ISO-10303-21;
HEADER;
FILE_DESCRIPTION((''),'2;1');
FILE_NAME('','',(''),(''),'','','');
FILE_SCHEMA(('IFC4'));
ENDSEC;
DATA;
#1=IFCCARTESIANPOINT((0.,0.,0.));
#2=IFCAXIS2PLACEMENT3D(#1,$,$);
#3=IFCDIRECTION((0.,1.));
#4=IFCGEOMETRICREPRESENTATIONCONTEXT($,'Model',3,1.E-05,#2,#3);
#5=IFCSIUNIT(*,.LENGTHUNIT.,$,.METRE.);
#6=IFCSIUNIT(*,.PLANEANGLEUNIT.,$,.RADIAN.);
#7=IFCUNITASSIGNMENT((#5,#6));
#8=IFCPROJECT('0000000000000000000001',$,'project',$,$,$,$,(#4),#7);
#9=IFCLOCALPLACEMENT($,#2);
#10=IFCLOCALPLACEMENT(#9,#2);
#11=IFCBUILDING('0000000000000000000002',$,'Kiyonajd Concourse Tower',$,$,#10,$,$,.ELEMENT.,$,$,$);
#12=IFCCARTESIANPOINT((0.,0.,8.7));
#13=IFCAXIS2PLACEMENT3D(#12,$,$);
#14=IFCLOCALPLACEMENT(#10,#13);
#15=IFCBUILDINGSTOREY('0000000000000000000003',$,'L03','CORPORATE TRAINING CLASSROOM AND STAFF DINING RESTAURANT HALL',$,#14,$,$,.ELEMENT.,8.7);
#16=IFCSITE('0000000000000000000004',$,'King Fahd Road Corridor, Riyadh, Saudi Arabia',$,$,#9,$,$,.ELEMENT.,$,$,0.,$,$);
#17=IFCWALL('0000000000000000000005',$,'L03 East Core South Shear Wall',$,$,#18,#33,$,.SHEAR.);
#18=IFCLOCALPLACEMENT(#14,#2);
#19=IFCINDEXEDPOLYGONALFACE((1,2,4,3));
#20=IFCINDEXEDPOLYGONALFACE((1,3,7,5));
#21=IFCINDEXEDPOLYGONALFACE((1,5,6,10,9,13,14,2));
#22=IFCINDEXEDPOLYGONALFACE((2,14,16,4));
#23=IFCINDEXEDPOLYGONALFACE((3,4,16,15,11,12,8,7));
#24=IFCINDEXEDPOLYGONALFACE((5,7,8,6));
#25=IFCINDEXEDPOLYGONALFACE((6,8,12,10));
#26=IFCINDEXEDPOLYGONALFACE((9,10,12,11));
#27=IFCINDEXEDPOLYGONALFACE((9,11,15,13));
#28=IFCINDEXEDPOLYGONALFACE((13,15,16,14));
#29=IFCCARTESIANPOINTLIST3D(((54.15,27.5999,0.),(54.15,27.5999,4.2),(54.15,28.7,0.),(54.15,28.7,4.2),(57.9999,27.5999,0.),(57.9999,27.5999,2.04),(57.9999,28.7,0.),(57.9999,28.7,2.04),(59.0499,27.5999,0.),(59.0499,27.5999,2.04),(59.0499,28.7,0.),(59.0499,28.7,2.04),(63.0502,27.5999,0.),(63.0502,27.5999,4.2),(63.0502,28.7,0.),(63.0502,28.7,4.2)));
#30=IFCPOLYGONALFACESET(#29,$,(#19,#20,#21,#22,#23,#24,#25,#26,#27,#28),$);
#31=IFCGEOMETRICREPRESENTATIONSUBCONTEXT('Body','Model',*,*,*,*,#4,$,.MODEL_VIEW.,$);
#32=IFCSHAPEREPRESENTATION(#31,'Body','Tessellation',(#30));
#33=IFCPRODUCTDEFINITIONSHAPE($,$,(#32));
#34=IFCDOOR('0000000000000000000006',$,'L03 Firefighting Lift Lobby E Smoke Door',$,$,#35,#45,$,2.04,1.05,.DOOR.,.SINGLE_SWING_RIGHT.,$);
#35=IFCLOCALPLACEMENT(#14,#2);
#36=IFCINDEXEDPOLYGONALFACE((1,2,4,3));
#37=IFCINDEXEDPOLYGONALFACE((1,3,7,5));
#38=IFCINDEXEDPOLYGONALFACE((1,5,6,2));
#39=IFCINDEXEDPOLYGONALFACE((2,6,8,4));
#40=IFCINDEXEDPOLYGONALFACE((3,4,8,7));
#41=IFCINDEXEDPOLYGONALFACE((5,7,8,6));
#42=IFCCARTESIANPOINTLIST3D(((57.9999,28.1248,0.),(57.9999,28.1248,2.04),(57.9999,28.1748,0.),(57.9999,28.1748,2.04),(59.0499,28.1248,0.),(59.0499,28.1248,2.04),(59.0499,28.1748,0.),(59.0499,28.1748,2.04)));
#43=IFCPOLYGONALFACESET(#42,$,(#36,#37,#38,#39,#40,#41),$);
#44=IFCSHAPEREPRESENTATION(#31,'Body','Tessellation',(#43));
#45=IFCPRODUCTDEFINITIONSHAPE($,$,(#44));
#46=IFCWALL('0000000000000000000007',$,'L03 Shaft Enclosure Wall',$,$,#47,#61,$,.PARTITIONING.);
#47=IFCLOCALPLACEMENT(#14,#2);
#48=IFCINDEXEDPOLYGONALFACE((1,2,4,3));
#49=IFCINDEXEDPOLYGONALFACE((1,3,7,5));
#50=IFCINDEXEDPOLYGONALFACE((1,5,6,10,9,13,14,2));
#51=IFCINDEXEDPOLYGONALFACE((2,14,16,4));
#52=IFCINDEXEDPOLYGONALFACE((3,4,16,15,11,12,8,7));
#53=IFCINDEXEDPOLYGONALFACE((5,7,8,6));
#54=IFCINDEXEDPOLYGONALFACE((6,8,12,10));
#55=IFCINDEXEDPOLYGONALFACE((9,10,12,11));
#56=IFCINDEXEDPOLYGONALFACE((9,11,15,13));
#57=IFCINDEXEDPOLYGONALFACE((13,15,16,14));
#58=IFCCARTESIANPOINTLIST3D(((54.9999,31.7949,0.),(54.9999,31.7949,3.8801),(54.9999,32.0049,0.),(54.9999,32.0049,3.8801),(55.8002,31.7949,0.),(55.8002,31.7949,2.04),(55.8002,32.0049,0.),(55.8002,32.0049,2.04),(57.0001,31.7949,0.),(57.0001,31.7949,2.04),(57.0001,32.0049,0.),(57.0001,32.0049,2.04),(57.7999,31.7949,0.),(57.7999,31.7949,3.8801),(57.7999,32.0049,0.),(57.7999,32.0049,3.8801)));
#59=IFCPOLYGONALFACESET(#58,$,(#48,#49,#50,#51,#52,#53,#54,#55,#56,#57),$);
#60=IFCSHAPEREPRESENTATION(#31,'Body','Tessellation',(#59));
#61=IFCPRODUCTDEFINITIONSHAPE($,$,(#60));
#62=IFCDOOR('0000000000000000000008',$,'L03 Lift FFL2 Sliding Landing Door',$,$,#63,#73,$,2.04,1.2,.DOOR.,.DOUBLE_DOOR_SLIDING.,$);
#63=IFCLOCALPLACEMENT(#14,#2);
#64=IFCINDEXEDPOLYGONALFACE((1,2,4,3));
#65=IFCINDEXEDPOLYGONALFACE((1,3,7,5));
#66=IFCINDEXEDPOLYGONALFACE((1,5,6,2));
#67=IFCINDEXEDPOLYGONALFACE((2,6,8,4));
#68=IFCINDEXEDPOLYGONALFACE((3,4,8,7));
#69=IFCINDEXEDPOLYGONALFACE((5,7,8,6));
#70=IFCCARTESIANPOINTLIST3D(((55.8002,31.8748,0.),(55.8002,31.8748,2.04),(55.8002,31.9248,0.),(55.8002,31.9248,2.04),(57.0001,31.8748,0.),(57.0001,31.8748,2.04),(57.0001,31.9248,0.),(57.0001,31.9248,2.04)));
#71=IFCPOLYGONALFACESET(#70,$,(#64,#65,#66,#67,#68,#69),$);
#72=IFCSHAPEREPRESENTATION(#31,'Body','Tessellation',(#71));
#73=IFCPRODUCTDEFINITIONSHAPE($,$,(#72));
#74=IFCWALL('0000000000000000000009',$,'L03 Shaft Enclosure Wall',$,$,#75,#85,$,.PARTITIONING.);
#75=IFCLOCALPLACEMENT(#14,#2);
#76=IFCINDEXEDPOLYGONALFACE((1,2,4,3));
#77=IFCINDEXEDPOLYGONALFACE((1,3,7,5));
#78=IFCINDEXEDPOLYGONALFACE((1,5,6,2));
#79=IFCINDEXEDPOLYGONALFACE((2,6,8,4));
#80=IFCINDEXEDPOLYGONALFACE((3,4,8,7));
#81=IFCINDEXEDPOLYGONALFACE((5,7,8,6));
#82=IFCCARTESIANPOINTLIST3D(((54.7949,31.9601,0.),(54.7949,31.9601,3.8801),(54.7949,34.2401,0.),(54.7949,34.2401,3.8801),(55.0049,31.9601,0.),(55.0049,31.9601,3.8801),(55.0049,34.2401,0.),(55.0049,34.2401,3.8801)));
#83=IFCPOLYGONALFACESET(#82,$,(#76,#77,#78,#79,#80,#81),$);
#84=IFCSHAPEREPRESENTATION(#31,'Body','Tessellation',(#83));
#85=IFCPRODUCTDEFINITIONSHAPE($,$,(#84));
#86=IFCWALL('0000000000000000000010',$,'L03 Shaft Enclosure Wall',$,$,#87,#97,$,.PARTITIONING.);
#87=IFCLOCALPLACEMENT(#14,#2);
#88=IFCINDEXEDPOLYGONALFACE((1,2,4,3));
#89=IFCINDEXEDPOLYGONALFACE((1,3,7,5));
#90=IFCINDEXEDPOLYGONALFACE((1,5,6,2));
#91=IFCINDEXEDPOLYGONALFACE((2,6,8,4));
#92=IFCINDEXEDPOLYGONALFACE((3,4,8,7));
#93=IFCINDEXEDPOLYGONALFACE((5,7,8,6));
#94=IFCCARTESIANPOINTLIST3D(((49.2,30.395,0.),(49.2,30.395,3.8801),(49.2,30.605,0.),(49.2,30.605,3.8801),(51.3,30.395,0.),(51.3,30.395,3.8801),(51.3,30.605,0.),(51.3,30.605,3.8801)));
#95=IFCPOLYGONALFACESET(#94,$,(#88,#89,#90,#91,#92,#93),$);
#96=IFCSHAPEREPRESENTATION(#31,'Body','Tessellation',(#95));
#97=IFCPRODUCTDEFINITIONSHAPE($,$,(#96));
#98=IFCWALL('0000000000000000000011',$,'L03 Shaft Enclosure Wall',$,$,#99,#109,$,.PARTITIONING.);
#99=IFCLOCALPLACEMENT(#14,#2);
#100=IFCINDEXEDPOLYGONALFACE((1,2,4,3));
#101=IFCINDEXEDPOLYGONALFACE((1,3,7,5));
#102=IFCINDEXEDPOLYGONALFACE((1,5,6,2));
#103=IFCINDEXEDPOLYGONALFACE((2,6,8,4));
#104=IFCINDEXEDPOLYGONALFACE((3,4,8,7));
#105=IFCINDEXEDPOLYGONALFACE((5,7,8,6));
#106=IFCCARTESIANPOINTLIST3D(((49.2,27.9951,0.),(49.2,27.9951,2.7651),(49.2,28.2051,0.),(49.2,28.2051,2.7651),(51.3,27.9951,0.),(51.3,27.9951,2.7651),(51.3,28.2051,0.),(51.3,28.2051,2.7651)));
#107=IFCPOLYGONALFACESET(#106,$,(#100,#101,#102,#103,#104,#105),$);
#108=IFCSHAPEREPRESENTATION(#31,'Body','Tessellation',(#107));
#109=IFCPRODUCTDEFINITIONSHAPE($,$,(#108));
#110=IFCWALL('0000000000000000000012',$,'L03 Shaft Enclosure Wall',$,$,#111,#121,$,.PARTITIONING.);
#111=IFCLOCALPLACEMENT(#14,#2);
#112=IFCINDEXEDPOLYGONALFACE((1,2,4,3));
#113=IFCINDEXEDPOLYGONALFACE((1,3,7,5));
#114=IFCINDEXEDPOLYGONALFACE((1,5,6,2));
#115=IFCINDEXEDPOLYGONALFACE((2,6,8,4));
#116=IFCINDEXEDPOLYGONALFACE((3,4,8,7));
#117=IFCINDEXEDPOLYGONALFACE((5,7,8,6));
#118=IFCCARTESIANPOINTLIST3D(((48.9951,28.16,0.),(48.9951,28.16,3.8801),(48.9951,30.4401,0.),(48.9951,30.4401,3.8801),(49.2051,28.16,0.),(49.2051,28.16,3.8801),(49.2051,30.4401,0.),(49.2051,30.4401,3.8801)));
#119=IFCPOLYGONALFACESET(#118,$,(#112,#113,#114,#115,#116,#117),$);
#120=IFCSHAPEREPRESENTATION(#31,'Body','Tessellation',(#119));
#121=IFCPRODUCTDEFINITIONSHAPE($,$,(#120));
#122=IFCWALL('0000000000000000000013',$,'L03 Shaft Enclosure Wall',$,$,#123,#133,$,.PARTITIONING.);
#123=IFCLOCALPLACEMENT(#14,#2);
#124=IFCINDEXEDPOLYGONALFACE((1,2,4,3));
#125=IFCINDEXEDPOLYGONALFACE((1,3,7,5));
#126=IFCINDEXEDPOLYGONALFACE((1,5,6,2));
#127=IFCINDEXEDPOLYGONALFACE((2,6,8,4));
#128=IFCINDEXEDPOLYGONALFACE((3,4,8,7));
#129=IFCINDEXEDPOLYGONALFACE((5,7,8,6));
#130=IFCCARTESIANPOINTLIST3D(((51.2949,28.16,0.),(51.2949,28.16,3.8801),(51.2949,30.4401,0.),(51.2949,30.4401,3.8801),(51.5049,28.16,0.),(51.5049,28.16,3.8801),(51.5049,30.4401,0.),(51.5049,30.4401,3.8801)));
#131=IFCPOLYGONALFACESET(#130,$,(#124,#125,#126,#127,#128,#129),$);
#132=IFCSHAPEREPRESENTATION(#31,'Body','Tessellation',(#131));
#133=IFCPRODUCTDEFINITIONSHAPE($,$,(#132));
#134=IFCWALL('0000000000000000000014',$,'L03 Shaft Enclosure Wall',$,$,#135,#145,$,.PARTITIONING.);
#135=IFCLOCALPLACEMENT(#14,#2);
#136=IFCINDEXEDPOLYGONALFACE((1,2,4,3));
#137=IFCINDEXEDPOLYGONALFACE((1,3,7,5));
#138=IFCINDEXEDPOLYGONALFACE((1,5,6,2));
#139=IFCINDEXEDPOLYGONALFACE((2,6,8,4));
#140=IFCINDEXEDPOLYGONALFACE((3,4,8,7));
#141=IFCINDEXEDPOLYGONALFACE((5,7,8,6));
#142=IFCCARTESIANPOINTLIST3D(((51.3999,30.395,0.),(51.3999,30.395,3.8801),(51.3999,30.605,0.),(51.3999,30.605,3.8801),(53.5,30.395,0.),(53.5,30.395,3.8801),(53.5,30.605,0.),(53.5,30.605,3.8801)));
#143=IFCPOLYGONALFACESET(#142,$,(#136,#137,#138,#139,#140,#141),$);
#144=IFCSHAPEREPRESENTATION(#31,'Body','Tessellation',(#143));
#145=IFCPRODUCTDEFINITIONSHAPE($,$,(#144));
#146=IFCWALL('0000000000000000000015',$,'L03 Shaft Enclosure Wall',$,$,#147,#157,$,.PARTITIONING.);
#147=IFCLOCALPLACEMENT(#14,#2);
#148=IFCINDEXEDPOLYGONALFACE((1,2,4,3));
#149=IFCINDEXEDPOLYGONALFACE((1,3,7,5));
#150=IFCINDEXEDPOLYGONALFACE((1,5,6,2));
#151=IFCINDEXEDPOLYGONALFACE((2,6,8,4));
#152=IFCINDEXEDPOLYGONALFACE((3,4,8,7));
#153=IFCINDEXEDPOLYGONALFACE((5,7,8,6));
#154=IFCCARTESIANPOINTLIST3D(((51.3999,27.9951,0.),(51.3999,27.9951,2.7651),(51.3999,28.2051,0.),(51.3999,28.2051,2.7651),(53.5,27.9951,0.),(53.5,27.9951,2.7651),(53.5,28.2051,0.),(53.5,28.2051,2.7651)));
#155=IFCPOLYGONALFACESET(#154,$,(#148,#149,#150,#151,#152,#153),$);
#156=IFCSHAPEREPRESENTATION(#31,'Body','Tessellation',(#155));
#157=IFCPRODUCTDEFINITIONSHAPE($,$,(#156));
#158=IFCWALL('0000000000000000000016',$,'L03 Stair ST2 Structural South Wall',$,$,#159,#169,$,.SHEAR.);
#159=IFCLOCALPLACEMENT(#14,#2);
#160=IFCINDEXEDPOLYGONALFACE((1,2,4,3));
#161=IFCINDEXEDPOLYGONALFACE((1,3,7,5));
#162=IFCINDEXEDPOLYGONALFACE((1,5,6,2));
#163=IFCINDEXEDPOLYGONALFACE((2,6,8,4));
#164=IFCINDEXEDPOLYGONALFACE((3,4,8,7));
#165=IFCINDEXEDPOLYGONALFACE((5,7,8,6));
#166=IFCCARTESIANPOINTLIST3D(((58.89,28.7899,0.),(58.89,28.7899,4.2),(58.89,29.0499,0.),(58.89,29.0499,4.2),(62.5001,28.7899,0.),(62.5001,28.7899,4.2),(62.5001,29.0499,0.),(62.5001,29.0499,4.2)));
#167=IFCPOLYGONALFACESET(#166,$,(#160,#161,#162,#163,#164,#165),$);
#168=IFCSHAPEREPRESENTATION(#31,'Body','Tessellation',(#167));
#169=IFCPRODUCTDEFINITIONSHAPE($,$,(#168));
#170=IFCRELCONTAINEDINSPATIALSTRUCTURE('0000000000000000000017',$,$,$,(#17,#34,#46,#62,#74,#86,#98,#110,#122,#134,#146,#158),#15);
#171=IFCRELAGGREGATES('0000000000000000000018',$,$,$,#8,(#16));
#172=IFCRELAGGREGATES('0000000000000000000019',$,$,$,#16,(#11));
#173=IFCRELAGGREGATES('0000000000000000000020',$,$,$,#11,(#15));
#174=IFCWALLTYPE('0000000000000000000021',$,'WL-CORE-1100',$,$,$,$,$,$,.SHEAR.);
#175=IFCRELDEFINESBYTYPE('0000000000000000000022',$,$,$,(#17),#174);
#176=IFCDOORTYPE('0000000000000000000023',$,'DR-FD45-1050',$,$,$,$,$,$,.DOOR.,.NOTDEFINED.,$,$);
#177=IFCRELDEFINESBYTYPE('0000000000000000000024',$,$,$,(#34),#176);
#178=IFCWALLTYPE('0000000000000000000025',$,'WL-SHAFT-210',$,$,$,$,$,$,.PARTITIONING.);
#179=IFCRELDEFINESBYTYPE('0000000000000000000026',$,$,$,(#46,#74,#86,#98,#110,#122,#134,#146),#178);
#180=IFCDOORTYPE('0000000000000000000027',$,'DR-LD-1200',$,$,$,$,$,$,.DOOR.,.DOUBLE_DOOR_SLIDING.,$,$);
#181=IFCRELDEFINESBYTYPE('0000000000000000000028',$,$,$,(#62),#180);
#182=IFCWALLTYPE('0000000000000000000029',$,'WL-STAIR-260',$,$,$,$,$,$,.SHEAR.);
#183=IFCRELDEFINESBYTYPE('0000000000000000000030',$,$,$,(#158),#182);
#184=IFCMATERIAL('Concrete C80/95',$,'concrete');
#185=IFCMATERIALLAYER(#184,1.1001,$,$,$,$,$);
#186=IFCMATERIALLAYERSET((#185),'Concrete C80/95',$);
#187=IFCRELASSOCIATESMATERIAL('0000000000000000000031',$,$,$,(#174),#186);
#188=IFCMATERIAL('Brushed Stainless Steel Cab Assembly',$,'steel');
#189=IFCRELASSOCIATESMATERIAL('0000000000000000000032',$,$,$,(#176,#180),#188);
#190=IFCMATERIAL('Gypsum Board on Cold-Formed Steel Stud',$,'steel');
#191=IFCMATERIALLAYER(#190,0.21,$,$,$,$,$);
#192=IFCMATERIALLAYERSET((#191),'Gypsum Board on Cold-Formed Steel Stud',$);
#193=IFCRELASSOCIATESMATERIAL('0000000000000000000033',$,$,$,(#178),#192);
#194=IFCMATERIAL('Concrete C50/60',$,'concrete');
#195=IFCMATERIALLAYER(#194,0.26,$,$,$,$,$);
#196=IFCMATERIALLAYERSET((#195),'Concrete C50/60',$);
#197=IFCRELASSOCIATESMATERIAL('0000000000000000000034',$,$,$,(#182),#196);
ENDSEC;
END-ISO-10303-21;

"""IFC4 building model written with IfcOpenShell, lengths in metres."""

from ifc_helpers import new_model, si_unit, direction, frame, frame_2d, origin, place, context, subcontext, project, spatial, rectangle, extrude, material, layer, layer_set, type_object, element, fill, save


model = new_model("IFC4")

# Units and contexts
model_context = context("Model", 3, precision=1e-05, world=origin(), true_north=direction((0.0, 1.0)))
body_context = subcontext(model_context, "Body", "Model", "MODEL_VIEW")
ifc_project = project(units=[si_unit("LENGTHUNIT", "METRE"), si_unit("PLANEANGLEUNIT", "RADIAN")], contexts=[model_context])

# Site, building, storey
site_placement = place(None, origin())
site = spatial("IfcSite", under=ifc_project, at=site_placement, Name="King Fahd Road Corridor, Riyadh, Saudi Arabia", CompositionType="ELEMENT", RefElevation=0.0)
building_placement = place(site_placement, origin())
building = spatial("IfcBuilding", under=site, at=building_placement, Name="Kiyonajd Concourse Tower", CompositionType="ELEMENT")
storey_placement = place(building_placement, frame((0.0, 0.0, 8.7)))
storey = spatial("IfcBuildingStorey", under=building, at=storey_placement, Name="L03", Description="CORPORATE TRAINING CLASSROOM AND STAFF DINING RESTAURANT HALL", CompositionType="ELEMENT", Elevation=8.7)

# Shared definitions
ifc_material_1 = material(Name="Concrete C80/95", Category="concrete")

# Shared definitions
ifc_material_2 = material(Name="Concrete C50/60", Category="concrete")

# Shared definitions
ifc_layer_1 = layer(ifc_material_1, 1.1001)
ifc_layer_set_1 = layer_set([ifc_layer_1], Name="Concrete C80/95")
wall_type_1 = type_object("IfcWallType", Name="WL-CORE-1100", PredefinedType="SHEAR", material=ifc_layer_set_1)

# Walls, openings, doors
wall_1_placement = place(storey_placement, frame((54.1499, 28.1499, 0.0), z_axis=(0.0, 0.0, 1.0), x_axis=(1.0, 0.0, 0.0)))
wall_1 = element("IfcWall", 1, at=wall_1_placement, inside=storey, type_object=wall_type_1, Name="L03 East Core South Shear Wall", PredefinedType="SHEAR", context=body_context, shape_type="SweptSolid", body=[
    extrude(rectangle(XDim=8.9001, YDim=1.1001, at=frame_2d((4.4502, 0.0))), origin(), (0.0, 0.0, 1.0), 4.2),
])
opening_1_placement = place(wall_1_placement, frame((3.8501, 0.0, 0.0)))
opening_1 = element("IfcOpeningElement", 2, at=opening_1_placement, cuts=wall_1, PredefinedType="OPENING", context=body_context, shape_type="SweptSolid", body=[
    extrude(rectangle(XDim=1.05, YDim=2.04, at=frame_2d((0.5249, 1.02))), frame((0.0, 0.5601, 0.0), z_axis=(0.0, -1.0, 0.0), x_axis=(1.0, 0.0, 0.0)), (0.0, 0.0, 1.0), 1.1201),
])
ifc_material_3 = material(Name="Brushed Stainless Steel Cab Assembly", Category="steel")
door_type_1 = type_object("IfcDoorType", Name="DR-FD45-1050", OperationType="NOTDEFINED", PredefinedType="DOOR", material=ifc_material_3)
door_1_placement = place(opening_1_placement, origin())
door_1 = element("IfcDoor", 3, at=door_1_placement, inside=storey, type_object=door_type_1, Name="L03 Firefighting Lift Lobby E Smoke Door", OperationType="SINGLE_SWING_RIGHT", OverallHeight=2.04, OverallWidth=1.05, PredefinedType="DOOR", context=body_context, shape_type="SweptSolid", body=[
    extrude(rectangle(XDim=1.05, YDim=2.04, at=frame_2d((0.5249, 1.02))), frame((0.0, 0.0249, 0.0), z_axis=(0.0, -1.0, 0.0), x_axis=(1.0, 0.0, 0.0)), (0.0, 0.0, 1.0), 0.05),
])
fill(opening_1, door_1)
ifc_material_4 = material(Name="Gypsum Board on Cold-Formed Steel Stud", Category="steel")
ifc_layer_2 = layer(ifc_material_4, 0.21)
ifc_layer_set_2 = layer_set([ifc_layer_2], Name="Gypsum Board on Cold-Formed Steel Stud")
wall_type_2 = type_object("IfcWallType", Name="WL-SHAFT-210", PredefinedType="PARTITIONING", material=ifc_layer_set_2)
wall_2_placement = place(storey_placement, frame((55.0, 31.8999, 0.0), z_axis=(0.0, 0.0, 1.0), x_axis=(1.0, 0.0, 0.0)))
wall_2 = element("IfcWall", 4, at=wall_2_placement, inside=storey, type_object=wall_type_2, Name="L03 Shaft Enclosure Wall", PredefinedType="PARTITIONING", context=body_context, shape_type="SweptSolid", body=[
    extrude(rectangle(XDim=2.8, YDim=0.21, at=frame_2d((1.3999, 0.0))), origin(), (0.0, 0.0, 1.0), 3.8801),
])
opening_2_placement = place(wall_2_placement, frame((0.8, 0.0, 0.0)))
opening_2 = element("IfcOpeningElement", 5, at=opening_2_placement, cuts=wall_2, PredefinedType="OPENING", context=body_context, shape_type="SweptSolid", body=[
    extrude(rectangle(XDim=1.2, YDim=2.04, at=frame_2d((0.6001, 1.02))), frame((0.0, 0.115, 0.0), z_axis=(0.0, -1.0, 0.0), x_axis=(1.0, 0.0, 0.0)), (0.0, 0.0, 1.0), 0.23),
])
door_type_2 = type_object("IfcDoorType", Name="DR-LD-1200", OperationType="DOUBLE_DOOR_SLIDING", PredefinedType="DOOR", material=ifc_material_3)
door_2_placement = place(opening_2_placement, origin())
door_2 = element("IfcDoor", 6, at=door_2_placement, inside=storey, type_object=door_type_2, Name="L03 Lift FFL2 Sliding Landing Door", OperationType="DOUBLE_DOOR_SLIDING", OverallHeight=2.04, OverallWidth=1.2, PredefinedType="DOOR", context=body_context, shape_type="SweptSolid", body=[
    extrude(rectangle(XDim=1.2, YDim=2.04, at=frame_2d((0.6001, 1.02))), frame((0.0, 0.0249, 0.0), z_axis=(0.0, -1.0, 0.0), x_axis=(1.0, 0.0, 0.0)), (0.0, 0.0, 1.0), 0.05),
])
fill(opening_2, door_2)

# Walls
wall_3_placement = place(storey_placement, frame((54.8999, 31.96, 0.0), z_axis=(0.0, 0.0, 1.0), x_axis=(0.0, 1.0, 0.0)))
element("IfcWall", 7, at=wall_3_placement, inside=storey, type_object=wall_type_2, Name="L03 Shaft Enclosure Wall", PredefinedType="PARTITIONING", context=body_context, shape_type="SweptSolid", body=[
    extrude(rectangle(XDim=2.28, YDim=0.21, at=frame_2d((1.1401, 0.0))), origin(), (0.0, 0.0, 1.0), 3.8801),
])
wall_4_placement = place(storey_placement, frame((49.2, 30.5, 0.0), z_axis=(0.0, 0.0, 1.0), x_axis=(1.0, 0.0, 0.0)))
element("IfcWall", 8, at=wall_4_placement, inside=storey, type_object=wall_type_2, Name="L03 Shaft Enclosure Wall", PredefinedType="PARTITIONING", context=body_context, shape_type="SweptSolid", body=[
    extrude(rectangle(XDim=2.1001, YDim=0.21, at=frame_2d((1.05, 0.0))), origin(), (0.0, 0.0, 1.0), 3.8801),
])
wall_5_placement = place(storey_placement, frame((49.2, 28.1001, 0.0), z_axis=(0.0, 0.0, 1.0), x_axis=(1.0, 0.0, 0.0)))
element("IfcWall", 9, at=wall_5_placement, inside=storey, type_object=wall_type_2, Name="L03 Shaft Enclosure Wall", PredefinedType="PARTITIONING", context=body_context, shape_type="SweptSolid", body=[
    extrude(rectangle(XDim=2.1001, YDim=0.21, at=frame_2d((1.05, 0.0))), origin(), (0.0, 0.0, 1.0), 2.7651),
])
for number, where, z_axis, x_axis, name in (
    (10, (49.1001, 28.1599, 0.0), (0.0, 0.0, 1.0), (0.0, 1.0, 0.0), "L03 Shaft Enclosure Wall"),
    (11, (51.3999, 28.1599, 0.0), (0.0, 0.0, 1.0), (0.0, 1.0, 0.0), "L03 Shaft Enclosure Wall"),
):
    element("IfcWall", number, at=place(storey_placement, frame(where, z_axis=z_axis, x_axis=x_axis)), inside=storey, type_object=wall_type_2, Name=name, PredefinedType="PARTITIONING", context=body_context, shape_type="SweptSolid", body=[
        extrude(rectangle(XDim=2.28, YDim=0.21, at=frame_2d((1.1401, 0.0))), origin(), (0.0, 0.0, 1.0), 3.8801),
    ])
wall_6_placement = place(storey_placement, frame((51.3999, 30.5, 0.0), z_axis=(0.0, 0.0, 1.0), x_axis=(1.0, 0.0, 0.0)))
element("IfcWall", 12, at=wall_6_placement, inside=storey, type_object=wall_type_2, Name="L03 Shaft Enclosure Wall", PredefinedType="PARTITIONING", context=body_context, shape_type="SweptSolid", body=[
    extrude(rectangle(XDim=2.1001, YDim=0.21, at=frame_2d((1.05, 0.0))), origin(), (0.0, 0.0, 1.0), 3.8801),
])
wall_7_placement = place(storey_placement, frame((51.3999, 28.1001, 0.0), z_axis=(0.0, 0.0, 1.0), x_axis=(1.0, 0.0, 0.0)))
element("IfcWall", 13, at=wall_7_placement, inside=storey, type_object=wall_type_2, Name="L03 Shaft Enclosure Wall", PredefinedType="PARTITIONING", context=body_context, shape_type="SweptSolid", body=[
    extrude(rectangle(XDim=2.1001, YDim=0.21, at=frame_2d((1.05, 0.0))), origin(), (0.0, 0.0, 1.0), 2.7651),
])
ifc_layer_3 = layer(ifc_material_2, 0.26)
ifc_layer_set_3 = layer_set([ifc_layer_3], Name="Concrete C50/60")
wall_type_3 = type_object("IfcWallType", Name="WL-STAIR-260", PredefinedType="SHEAR", material=ifc_layer_set_3)
wall_8_placement = place(storey_placement, frame((58.8899, 28.9199, 0.0), z_axis=(0.0, 0.0, 1.0), x_axis=(1.0, 0.0, 0.0)))
element("IfcWall", 14, at=wall_8_placement, inside=storey, type_object=wall_type_3, Name="L03 Stair ST2 Structural South Wall", PredefinedType="SHEAR", context=body_context, shape_type="SweptSolid", body=[
    extrude(rectangle(XDim=3.6101, YDim=0.26, at=frame_2d((1.8052, 0.0))), origin(), (0.0, 0.0, 1.0), 4.2),
])

save(model, "model.ifc")
